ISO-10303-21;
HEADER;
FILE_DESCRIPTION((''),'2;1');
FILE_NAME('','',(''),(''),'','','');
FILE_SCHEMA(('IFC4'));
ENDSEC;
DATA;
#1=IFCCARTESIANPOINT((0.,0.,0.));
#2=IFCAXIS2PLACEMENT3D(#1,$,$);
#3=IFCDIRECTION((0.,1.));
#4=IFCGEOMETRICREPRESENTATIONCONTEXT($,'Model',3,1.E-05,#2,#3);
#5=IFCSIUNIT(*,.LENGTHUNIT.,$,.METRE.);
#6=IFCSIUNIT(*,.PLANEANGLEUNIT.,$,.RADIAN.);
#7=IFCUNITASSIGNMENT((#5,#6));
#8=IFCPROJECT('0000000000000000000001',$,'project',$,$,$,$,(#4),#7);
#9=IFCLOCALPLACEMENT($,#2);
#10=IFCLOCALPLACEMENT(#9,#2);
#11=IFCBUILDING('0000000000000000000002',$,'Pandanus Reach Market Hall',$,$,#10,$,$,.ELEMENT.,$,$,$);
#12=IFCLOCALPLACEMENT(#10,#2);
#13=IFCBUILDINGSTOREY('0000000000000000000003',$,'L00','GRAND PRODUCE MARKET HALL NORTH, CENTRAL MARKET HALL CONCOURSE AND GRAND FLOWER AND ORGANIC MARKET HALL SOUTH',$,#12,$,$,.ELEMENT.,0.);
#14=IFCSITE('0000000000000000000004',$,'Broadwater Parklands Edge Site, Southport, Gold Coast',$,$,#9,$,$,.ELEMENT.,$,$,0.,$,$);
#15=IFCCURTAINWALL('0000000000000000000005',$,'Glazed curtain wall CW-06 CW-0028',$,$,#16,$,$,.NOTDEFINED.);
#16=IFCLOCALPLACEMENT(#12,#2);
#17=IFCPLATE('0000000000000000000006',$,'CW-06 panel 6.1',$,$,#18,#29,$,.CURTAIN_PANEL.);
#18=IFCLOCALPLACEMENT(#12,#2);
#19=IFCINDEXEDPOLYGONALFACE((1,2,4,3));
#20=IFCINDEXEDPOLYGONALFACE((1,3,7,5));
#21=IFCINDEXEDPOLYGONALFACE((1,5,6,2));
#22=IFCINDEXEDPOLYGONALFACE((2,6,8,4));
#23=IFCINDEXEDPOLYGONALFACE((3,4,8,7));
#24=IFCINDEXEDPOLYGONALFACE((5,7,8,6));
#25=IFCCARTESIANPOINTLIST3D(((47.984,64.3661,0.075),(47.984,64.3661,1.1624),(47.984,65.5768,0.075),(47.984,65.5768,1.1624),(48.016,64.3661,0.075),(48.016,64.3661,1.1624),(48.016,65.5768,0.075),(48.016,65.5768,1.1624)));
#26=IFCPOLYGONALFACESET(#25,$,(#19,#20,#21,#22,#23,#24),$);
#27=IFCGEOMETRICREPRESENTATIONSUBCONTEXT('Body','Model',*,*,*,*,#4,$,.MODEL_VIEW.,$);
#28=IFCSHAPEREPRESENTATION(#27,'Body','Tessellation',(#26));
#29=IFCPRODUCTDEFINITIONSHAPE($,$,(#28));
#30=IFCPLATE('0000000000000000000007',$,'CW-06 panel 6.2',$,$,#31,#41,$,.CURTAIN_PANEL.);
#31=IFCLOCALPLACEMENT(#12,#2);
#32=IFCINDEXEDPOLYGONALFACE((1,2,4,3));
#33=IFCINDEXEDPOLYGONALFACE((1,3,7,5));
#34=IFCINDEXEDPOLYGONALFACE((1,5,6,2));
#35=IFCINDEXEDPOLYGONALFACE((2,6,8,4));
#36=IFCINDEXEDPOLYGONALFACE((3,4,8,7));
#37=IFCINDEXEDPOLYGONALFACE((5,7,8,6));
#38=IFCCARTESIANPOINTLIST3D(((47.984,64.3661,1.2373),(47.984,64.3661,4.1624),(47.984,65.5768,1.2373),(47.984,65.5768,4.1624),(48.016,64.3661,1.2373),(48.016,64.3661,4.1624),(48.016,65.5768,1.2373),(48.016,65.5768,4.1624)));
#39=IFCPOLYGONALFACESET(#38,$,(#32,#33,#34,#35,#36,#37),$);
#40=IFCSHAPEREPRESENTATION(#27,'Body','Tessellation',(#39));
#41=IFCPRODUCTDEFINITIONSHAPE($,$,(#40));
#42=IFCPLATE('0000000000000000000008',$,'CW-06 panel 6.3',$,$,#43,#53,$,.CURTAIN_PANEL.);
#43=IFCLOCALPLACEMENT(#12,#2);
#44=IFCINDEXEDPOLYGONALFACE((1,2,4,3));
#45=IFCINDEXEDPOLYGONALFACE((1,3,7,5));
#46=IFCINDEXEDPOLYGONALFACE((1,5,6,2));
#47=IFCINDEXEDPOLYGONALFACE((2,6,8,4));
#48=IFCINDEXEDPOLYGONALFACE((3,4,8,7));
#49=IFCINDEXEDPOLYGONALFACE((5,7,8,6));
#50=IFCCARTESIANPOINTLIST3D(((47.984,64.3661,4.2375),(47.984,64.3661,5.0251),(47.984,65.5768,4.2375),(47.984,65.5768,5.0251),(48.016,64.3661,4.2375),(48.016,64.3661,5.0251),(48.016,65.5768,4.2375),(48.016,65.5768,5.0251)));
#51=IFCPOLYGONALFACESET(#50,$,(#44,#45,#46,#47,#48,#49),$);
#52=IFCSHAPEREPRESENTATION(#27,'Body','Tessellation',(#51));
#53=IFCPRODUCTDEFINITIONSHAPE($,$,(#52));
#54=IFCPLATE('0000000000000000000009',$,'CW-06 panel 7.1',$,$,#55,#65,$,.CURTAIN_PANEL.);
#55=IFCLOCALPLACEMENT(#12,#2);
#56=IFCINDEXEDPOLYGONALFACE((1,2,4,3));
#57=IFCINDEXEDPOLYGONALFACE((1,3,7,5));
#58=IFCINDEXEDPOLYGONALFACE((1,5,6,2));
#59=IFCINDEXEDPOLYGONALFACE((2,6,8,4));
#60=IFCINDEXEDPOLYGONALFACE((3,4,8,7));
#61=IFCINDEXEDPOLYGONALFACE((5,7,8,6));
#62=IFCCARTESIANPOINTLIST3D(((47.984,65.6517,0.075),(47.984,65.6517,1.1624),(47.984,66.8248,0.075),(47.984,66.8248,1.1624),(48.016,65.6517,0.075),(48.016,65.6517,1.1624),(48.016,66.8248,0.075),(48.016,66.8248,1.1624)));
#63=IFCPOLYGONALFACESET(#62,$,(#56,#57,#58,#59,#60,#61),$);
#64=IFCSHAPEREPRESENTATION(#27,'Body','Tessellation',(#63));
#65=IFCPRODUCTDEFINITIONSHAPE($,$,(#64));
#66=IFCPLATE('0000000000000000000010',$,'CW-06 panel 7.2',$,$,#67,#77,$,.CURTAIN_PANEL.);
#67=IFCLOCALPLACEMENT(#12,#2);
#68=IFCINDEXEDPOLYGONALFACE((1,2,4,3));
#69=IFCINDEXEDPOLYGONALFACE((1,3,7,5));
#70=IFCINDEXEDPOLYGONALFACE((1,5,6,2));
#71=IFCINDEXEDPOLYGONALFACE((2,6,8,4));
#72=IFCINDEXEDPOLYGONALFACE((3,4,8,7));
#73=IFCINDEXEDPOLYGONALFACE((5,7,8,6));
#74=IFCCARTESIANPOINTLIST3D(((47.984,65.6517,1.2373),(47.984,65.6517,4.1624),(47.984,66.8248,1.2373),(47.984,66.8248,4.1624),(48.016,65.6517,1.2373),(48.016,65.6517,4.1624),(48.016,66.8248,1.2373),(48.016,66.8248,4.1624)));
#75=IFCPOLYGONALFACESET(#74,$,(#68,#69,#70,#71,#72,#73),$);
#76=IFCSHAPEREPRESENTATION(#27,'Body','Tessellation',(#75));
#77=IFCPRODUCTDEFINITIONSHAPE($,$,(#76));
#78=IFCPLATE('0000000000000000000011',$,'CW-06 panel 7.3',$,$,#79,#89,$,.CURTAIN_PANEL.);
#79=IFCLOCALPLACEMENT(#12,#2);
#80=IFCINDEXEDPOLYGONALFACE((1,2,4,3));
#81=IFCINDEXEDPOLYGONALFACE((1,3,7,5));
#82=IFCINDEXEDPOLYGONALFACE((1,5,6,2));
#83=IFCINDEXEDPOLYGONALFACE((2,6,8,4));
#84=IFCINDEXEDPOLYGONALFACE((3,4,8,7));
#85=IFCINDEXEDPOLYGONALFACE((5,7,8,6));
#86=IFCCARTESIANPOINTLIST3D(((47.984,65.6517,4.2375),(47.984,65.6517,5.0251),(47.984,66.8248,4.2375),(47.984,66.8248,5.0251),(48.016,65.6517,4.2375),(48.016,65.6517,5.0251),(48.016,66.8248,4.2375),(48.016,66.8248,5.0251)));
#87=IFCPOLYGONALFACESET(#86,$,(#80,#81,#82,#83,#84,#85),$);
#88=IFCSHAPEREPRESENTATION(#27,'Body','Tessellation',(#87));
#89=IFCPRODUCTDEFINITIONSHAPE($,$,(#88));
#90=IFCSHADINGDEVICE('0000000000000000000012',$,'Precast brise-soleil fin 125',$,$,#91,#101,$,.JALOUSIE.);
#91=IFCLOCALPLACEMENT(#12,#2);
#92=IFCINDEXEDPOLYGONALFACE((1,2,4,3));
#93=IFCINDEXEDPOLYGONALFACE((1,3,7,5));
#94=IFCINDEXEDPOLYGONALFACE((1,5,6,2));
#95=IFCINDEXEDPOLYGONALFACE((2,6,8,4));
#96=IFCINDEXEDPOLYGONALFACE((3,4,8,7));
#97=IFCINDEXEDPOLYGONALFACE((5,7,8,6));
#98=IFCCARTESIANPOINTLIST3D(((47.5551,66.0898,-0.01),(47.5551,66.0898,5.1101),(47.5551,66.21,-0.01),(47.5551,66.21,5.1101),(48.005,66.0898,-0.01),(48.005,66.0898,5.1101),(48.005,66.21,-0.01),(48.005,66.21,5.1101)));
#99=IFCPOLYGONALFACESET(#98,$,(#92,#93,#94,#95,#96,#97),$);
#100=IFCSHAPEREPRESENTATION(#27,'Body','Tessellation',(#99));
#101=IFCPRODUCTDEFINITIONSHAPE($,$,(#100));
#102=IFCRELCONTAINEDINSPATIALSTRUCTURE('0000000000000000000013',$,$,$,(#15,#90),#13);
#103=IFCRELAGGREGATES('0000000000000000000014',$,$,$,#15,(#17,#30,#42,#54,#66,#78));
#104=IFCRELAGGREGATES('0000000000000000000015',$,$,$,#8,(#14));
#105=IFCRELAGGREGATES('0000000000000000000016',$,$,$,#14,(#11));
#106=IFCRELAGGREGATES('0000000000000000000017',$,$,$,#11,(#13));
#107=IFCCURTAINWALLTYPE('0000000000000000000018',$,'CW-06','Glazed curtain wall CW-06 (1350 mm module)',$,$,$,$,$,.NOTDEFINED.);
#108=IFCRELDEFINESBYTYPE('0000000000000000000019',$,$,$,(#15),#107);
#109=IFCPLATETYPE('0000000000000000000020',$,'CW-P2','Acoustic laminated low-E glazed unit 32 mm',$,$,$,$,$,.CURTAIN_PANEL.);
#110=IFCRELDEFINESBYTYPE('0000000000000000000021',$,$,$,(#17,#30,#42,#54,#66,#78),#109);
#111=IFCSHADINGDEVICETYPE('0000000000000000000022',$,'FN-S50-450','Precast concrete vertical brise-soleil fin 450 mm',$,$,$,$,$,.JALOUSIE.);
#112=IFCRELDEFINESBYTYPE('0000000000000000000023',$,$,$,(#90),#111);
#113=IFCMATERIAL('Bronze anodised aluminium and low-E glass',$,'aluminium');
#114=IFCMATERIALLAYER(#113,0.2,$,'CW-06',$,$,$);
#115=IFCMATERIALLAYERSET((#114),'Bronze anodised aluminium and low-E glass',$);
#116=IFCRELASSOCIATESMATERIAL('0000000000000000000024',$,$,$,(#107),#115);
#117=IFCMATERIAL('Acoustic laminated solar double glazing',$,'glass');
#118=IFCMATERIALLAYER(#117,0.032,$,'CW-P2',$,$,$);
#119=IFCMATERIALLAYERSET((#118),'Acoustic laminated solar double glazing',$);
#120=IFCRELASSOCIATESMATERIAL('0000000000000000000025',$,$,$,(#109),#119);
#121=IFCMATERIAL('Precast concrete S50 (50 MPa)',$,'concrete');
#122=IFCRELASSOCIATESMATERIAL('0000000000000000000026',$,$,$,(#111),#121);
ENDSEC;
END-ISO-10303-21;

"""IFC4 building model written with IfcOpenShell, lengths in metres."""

from ifc_helpers import new_model, si_unit, direction, frame, origin, origin_2d, place, context, subcontext, project, spatial, rectangle, extrude, material, layer, layer_set, type_object, element, aggregate, save


model = new_model("IFC4")

# Units and contexts
model_context = context("Model", 3, precision=1e-05, world=origin(), true_north=direction((0.0, 1.0)))
body_context = subcontext(model_context, "Body", "Model", "MODEL_VIEW")
ifc_project = project(units=[si_unit("LENGTHUNIT", "METRE"), si_unit("PLANEANGLEUNIT", "RADIAN")], contexts=[model_context])

# Site, building, storey
site_placement = place(None, origin())
site = spatial("IfcSite", under=ifc_project, at=site_placement, Name="Broadwater Parklands Edge Site, Southport, Gold Coast", CompositionType="ELEMENT", RefElevation=0.0)
building_placement = place(site_placement, origin())
building = spatial("IfcBuilding", under=site, at=building_placement, Name="Pandanus Reach Market Hall", CompositionType="ELEMENT")
storey_placement = place(building_placement, origin())
storey = spatial("IfcBuildingStorey", under=building, at=storey_placement, Name="L00", Description="GRAND PRODUCE MARKET HALL NORTH, CENTRAL MARKET HALL CONCOURSE AND GRAND FLOWER AND ORGANIC MARKET HALL SOUTH", CompositionType="ELEMENT", Elevation=0.0)

# Curtain wall
ifc_material_1 = material(Name="Bronze anodised aluminium and low-E glass", Category="aluminium")
ifc_layer_1 = layer(ifc_material_1, 0.2, Name="CW-06")
ifc_layer_set_1 = layer_set([ifc_layer_1], Name="Bronze anodised aluminium and low-E glass")
curtain_wall_type = type_object("IfcCurtainWallType", Name="CW-06", Description="Glazed curtain wall CW-06 (1350 mm module)", PredefinedType="NOTDEFINED", material=ifc_layer_set_1)
curtain_wall_placement = place(storey_placement, origin())
curtain_wall = element("IfcCurtainWall", 1, at=curtain_wall_placement, inside=storey, type_object=curtain_wall_type, Name="Glazed curtain wall CW-06 CW-0028", PredefinedType="NOTDEFINED")

# Plates
ifc_material_2 = material(Name="Acoustic laminated solar double glazing", Category="glass")
ifc_layer_2 = layer(ifc_material_2, 0.032, Name="CW-P2")
ifc_layer_set_2 = layer_set([ifc_layer_2], Name="Acoustic laminated solar double glazing")
plate_type = type_object("IfcPlateType", Name="CW-P2", Description="Acoustic laminated low-E glazed unit 32 mm", PredefinedType="CURTAIN_PANEL", material=ifc_layer_set_2)
plate_1_placement = place(storey_placement, frame((48.0, 64.9714, 0.075), z_axis=(0.0, 0.0, 1.0), x_axis=(0.0, 1.0, 0.0)))
plate_1 = element("IfcPlate", 2, at=plate_1_placement, type_object=plate_type, Name="CW-06 panel 6.1", PredefinedType="CURTAIN_PANEL", context=body_context, shape_type="SweptSolid", body=[
    extrude(rectangle(XDim=1.2107, YDim=0.032, at=origin_2d()), origin(), (0.0, 0.0, 1.0), 1.0874),
])
plate_2_placement = place(storey_placement, frame((48.0, 64.9714, 1.2373), z_axis=(0.0, 0.0, 1.0), x_axis=(0.0, 1.0, 0.0)))
plate_2 = element("IfcPlate", 3, at=plate_2_placement, type_object=plate_type, Name="CW-06 panel 6.2", PredefinedType="CURTAIN_PANEL", context=body_context, shape_type="SweptSolid", body=[
    extrude(rectangle(XDim=1.2107, YDim=0.032, at=origin_2d()), origin(), (0.0, 0.0, 1.0), 2.925),
])
plate_3_placement = place(storey_placement, frame((48.0, 64.9714, 4.2375), z_axis=(0.0, 0.0, 1.0), x_axis=(0.0, 1.0, 0.0)))
plate_3 = element("IfcPlate", 4, at=plate_3_placement, type_object=plate_type, Name="CW-06 panel 6.3", PredefinedType="CURTAIN_PANEL", context=body_context, shape_type="SweptSolid", body=[
    extrude(rectangle(XDim=1.2107, YDim=0.032, at=origin_2d()), origin(), (0.0, 0.0, 1.0), 0.7876),
])
plate_4_placement = place(storey_placement, frame((48.0, 66.2383, 0.075), z_axis=(0.0, 0.0, 1.0), x_axis=(0.0, 1.0, 0.0)))
plate_4 = element("IfcPlate", 5, at=plate_4_placement, type_object=plate_type, Name="CW-06 panel 7.1", PredefinedType="CURTAIN_PANEL", context=body_context, shape_type="SweptSolid", body=[
    extrude(rectangle(XDim=1.1731, YDim=0.032, at=origin_2d()), origin(), (0.0, 0.0, 1.0), 1.0874),
])
plate_5_placement = place(storey_placement, frame((48.0, 66.2383, 1.2373), z_axis=(0.0, 0.0, 1.0), x_axis=(0.0, 1.0, 0.0)))
plate_5 = element("IfcPlate", 6, at=plate_5_placement, type_object=plate_type, Name="CW-06 panel 7.2", PredefinedType="CURTAIN_PANEL", context=body_context, shape_type="SweptSolid", body=[
    extrude(rectangle(XDim=1.1731, YDim=0.032, at=origin_2d()), origin(), (0.0, 0.0, 1.0), 2.925),
])
plate_6_placement = place(storey_placement, frame((48.0, 66.2383, 4.2375), z_axis=(0.0, 0.0, 1.0), x_axis=(0.0, 1.0, 0.0)))
plate_6 = element("IfcPlate", 7, at=plate_6_placement, type_object=plate_type, Name="CW-06 panel 7.3", PredefinedType="CURTAIN_PANEL", context=body_context, shape_type="SweptSolid", body=[
    extrude(rectangle(XDim=1.1731, YDim=0.032, at=origin_2d()), origin(), (0.0, 0.0, 1.0), 0.7876),
])
aggregate(curtain_wall, [plate_1, plate_2, plate_3, plate_4, plate_5, plate_6])

# Shared definitions
ifc_material_3 = material(Name="Precast concrete S50 (50 MPa)", Category="concrete")

# Shading device
shading_device_type = type_object("IfcShadingDeviceType", Name="FN-S50-450", Description="Precast concrete vertical brise-soleil fin 450 mm", PredefinedType="JALOUSIE", material=ifc_material_3)
shading_device_placement = place(storey_placement, frame((47.78, 66.1499, -0.01), z_axis=(0.0, 0.0, 1.0), x_axis=(-1.0, 0.0, 0.0)))
element("IfcShadingDevice", 8, at=shading_device_placement, inside=storey, type_object=shading_device_type, Name="Precast brise-soleil fin 125", PredefinedType="JALOUSIE", context=body_context, shape_type="SweptSolid", body=[
    extrude(rectangle(XDim=0.45, YDim=0.1201, at=origin_2d()), origin(), (0.0, 0.0, 1.0), 5.1201),
])

save(model, "model.ifc")
